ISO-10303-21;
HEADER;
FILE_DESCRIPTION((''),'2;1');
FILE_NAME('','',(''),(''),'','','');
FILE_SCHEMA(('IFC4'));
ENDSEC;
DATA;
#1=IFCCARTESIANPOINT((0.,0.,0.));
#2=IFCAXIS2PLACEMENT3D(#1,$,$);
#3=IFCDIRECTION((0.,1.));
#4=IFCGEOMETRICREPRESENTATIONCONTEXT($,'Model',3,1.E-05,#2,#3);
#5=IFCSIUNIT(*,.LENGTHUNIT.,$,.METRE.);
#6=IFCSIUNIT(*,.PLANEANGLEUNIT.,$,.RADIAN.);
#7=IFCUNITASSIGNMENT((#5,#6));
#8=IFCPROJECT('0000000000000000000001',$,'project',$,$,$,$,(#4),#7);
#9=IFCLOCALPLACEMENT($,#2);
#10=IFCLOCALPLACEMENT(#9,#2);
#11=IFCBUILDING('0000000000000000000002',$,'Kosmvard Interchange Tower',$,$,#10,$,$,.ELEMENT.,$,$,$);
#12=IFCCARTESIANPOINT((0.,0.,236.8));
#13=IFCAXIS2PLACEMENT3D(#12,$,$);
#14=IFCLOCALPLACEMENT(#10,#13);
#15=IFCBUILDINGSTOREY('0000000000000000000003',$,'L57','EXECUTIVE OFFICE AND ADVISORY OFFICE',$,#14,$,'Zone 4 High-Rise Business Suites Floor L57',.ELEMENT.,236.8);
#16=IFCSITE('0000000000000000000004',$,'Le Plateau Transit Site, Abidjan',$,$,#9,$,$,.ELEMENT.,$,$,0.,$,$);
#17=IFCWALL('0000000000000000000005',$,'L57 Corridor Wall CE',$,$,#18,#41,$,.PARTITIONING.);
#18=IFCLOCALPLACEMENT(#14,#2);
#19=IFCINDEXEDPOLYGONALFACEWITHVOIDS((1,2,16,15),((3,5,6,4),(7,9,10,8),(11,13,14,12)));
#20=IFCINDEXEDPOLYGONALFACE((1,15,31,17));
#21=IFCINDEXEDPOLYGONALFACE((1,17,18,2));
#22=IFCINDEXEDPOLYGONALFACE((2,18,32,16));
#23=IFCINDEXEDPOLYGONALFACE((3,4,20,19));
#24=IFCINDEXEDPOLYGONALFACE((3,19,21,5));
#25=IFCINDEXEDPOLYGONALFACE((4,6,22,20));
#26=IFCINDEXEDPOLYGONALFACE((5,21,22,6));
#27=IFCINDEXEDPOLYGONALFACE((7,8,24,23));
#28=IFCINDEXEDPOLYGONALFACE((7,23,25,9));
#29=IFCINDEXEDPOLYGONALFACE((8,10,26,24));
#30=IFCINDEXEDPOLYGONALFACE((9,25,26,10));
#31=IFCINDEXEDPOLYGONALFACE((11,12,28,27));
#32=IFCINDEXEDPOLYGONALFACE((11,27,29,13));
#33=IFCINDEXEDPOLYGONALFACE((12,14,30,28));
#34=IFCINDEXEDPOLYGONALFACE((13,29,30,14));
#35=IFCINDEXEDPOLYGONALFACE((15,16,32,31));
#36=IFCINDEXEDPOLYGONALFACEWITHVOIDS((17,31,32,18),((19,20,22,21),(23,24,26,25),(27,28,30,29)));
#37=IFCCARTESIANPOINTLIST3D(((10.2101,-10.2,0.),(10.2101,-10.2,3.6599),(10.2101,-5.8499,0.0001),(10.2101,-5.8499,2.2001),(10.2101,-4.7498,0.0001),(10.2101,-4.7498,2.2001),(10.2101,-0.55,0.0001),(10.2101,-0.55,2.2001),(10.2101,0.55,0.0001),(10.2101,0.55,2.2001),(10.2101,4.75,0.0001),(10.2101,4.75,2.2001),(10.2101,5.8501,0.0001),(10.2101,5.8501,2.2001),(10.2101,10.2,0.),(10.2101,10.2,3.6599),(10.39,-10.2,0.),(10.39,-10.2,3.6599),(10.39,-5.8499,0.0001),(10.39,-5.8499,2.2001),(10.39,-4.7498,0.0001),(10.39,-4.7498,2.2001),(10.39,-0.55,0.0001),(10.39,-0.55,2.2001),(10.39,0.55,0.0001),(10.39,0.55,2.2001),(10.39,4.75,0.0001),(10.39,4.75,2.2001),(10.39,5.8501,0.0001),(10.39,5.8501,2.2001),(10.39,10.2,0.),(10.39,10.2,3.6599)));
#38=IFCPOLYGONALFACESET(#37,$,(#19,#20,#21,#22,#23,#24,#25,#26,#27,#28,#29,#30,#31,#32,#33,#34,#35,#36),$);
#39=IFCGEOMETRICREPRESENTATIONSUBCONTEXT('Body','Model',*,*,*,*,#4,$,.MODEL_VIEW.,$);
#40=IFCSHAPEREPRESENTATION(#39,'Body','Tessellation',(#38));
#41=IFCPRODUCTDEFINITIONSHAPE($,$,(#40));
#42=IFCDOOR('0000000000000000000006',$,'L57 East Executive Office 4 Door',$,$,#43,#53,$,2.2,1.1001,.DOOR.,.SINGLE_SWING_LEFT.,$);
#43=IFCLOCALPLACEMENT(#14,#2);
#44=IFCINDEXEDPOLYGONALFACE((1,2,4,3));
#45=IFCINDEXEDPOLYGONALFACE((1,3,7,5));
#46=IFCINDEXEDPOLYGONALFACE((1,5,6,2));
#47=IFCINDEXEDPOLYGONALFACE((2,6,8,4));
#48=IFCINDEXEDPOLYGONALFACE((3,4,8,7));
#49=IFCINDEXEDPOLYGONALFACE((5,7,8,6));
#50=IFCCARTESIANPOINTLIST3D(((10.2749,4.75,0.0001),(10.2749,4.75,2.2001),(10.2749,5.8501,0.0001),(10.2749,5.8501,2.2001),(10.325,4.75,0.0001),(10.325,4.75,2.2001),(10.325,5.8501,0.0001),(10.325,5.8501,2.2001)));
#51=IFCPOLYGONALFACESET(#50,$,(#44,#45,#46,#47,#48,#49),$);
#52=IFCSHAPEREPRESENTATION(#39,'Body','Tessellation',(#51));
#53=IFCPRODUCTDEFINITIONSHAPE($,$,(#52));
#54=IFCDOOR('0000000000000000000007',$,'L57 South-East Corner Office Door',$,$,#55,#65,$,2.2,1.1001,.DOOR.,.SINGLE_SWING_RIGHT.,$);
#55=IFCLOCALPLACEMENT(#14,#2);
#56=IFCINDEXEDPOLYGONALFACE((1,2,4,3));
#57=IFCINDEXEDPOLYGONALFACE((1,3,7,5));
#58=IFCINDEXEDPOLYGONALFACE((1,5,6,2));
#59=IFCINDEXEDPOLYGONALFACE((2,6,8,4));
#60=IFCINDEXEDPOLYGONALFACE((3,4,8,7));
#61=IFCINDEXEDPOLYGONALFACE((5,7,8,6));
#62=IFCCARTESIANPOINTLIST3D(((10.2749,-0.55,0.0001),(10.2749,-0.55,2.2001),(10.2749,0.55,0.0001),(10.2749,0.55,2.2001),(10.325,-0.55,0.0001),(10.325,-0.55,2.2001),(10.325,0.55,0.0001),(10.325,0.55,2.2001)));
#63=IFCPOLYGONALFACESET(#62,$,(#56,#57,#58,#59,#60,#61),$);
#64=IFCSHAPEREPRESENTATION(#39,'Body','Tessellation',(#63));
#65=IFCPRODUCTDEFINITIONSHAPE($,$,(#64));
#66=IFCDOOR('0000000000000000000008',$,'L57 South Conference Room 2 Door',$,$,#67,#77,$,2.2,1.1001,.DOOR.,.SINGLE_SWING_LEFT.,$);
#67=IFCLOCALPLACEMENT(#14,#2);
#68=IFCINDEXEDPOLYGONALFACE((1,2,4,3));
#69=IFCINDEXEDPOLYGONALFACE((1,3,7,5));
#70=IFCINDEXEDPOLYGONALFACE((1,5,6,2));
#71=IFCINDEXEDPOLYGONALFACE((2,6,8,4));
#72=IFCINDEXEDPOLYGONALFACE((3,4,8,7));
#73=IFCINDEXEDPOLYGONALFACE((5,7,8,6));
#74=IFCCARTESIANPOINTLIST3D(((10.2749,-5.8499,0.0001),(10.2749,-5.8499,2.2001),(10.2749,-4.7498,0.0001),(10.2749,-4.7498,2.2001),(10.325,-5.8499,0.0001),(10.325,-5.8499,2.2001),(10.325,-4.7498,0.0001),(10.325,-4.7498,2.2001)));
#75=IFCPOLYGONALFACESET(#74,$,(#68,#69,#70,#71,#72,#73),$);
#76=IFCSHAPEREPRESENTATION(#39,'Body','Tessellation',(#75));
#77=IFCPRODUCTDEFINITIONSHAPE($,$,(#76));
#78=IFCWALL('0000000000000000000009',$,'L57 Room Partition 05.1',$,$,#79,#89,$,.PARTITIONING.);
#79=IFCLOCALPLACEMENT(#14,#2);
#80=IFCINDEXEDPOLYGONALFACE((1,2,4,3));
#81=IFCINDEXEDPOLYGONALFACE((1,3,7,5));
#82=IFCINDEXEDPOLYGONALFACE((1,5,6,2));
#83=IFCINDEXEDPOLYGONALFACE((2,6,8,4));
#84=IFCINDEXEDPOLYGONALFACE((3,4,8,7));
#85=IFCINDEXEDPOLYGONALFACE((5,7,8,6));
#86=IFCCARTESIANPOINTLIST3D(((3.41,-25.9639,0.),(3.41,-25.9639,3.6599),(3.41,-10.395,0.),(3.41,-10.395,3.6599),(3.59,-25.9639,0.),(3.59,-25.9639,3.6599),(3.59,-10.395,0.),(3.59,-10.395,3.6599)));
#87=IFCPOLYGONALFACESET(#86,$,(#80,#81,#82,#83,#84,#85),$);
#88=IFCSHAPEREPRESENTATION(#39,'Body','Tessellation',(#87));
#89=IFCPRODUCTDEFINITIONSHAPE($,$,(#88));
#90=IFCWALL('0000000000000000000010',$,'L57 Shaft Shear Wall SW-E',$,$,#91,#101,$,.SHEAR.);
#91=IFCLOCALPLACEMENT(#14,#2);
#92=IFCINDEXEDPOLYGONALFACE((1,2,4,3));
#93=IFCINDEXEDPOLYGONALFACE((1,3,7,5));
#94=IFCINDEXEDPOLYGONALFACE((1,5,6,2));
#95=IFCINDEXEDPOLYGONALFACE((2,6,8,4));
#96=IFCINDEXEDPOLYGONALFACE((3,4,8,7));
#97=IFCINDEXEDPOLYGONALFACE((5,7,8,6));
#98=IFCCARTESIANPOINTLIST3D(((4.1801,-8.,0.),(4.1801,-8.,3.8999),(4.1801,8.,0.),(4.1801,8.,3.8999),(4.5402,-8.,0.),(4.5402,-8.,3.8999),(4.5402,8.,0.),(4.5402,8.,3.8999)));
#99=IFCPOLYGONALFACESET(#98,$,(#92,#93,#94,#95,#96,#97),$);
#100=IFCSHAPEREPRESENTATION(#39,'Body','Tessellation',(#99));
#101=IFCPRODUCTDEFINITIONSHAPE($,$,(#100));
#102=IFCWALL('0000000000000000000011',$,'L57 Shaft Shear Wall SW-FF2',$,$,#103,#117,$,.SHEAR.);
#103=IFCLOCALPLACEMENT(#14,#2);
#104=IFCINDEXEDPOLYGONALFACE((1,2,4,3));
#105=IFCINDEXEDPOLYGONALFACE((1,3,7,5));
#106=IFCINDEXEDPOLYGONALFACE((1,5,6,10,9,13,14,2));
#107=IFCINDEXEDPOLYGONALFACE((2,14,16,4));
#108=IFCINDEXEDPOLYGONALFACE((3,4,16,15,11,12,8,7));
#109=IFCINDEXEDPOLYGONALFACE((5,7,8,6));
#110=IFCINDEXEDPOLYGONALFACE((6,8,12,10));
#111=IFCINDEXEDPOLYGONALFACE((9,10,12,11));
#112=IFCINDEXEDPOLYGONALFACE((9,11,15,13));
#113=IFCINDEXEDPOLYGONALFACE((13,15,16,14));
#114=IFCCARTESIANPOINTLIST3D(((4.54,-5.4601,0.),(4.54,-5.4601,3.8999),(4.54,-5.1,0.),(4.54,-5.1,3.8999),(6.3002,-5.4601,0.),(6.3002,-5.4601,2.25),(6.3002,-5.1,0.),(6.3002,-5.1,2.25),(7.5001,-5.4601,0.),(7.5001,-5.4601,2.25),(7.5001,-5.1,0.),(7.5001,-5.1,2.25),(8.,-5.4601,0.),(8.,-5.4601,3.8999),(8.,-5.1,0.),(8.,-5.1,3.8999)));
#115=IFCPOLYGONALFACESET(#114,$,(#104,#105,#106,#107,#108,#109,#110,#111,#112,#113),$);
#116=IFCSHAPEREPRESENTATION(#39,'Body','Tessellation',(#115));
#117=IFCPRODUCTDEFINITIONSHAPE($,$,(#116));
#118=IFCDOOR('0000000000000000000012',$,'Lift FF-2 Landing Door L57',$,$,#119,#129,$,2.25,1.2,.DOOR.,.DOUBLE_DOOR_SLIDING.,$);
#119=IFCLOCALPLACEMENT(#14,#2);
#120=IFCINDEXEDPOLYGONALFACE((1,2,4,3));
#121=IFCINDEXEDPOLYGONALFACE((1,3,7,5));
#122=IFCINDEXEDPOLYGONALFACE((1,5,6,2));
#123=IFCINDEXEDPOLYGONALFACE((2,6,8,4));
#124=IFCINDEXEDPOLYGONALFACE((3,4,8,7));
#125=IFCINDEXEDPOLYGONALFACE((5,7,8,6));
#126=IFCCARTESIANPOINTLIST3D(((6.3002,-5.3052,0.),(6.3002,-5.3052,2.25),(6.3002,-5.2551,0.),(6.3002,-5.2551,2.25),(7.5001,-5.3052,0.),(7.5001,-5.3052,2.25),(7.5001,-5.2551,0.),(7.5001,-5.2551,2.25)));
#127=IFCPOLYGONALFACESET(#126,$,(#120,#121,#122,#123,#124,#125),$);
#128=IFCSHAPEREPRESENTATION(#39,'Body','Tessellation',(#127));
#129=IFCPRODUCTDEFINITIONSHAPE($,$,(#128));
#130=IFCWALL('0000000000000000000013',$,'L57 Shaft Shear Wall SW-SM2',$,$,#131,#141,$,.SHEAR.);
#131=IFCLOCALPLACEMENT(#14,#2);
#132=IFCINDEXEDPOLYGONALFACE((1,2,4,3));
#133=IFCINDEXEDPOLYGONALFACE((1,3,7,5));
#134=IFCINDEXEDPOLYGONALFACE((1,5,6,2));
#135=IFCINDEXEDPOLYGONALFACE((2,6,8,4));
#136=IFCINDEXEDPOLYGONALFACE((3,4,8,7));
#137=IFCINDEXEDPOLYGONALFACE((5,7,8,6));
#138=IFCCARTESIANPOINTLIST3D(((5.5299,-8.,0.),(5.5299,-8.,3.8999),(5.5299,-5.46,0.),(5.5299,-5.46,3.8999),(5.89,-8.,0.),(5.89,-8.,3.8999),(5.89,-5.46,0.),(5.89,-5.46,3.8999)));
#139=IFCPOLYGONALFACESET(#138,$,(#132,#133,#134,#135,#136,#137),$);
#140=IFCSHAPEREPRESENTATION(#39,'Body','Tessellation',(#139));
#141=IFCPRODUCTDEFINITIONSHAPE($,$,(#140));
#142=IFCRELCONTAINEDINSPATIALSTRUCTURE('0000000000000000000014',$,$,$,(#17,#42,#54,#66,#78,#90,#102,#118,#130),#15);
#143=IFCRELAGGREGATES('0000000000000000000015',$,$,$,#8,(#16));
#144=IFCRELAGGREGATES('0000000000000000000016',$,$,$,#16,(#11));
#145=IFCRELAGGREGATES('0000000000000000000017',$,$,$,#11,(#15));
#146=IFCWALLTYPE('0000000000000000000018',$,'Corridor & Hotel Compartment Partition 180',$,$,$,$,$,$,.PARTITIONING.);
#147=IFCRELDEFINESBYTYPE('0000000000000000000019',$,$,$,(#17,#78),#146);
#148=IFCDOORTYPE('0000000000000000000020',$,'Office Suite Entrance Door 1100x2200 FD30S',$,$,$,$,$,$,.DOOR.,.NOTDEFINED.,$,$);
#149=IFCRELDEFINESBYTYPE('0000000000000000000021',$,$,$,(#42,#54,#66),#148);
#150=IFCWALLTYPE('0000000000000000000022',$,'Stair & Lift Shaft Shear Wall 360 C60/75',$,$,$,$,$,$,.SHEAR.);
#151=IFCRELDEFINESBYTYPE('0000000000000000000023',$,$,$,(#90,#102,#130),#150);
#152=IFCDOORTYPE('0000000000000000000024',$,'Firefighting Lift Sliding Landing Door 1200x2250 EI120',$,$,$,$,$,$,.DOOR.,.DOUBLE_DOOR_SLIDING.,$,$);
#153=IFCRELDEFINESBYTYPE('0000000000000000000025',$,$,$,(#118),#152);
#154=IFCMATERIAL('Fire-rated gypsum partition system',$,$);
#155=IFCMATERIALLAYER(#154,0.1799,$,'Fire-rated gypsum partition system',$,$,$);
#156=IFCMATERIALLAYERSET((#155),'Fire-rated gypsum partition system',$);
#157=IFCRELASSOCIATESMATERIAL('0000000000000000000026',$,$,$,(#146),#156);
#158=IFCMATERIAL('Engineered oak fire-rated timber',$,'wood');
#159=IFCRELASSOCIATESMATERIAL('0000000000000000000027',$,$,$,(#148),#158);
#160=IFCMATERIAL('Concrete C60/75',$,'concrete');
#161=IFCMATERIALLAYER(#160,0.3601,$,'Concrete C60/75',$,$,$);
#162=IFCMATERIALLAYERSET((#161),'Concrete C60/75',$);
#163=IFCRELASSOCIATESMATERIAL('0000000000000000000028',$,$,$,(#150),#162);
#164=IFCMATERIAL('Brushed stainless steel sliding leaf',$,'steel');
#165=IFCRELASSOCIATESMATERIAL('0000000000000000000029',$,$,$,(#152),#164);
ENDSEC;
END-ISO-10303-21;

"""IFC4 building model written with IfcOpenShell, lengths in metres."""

from ifc_helpers import new_model, si_unit, direction, frame, frame_2d, origin, place, context, subcontext, project, spatial, rectangle, extrude, source, transform, mapped, material, layer, layer_set, type_object, element, fill, save


model = new_model("IFC4")

# Units and contexts
model_context = context("Model", 3, precision=1e-05, world=origin(), true_north=direction((0.0, 1.0)))
body_context = subcontext(model_context, "Body", "Model", "MODEL_VIEW")
ifc_project = project(units=[si_unit("LENGTHUNIT", "METRE"), si_unit("PLANEANGLEUNIT", "RADIAN")], contexts=[model_context])

# Site, building, storey
site_placement = place(None, origin())
site = spatial("IfcSite", under=ifc_project, at=site_placement, Name="Le Plateau Transit Site, Abidjan", CompositionType="ELEMENT", RefElevation=0.0)
building_placement = place(site_placement, origin())
building = spatial("IfcBuilding", under=site, at=building_placement, Name="Kosmvard Interchange Tower", CompositionType="ELEMENT")
storey_placement = place(building_placement, frame((0.0, 0.0, 236.8)))
storey = spatial("IfcBuildingStorey", under=building, at=storey_placement, Name="L57", Description="EXECUTIVE OFFICE AND ADVISORY OFFICE", LongName="Zone 4 High-Rise Business Suites Floor L57", CompositionType="ELEMENT", Elevation=236.8)

# Shared definitions
ifc_material_1 = material(Name="Concrete C60/75", Category="concrete")

# Wall, openings, doors
ifc_material_2 = material(Name="Fire-rated gypsum partition system")
ifc_layer_1 = layer(ifc_material_2, 0.1799, Name="Fire-rated gypsum partition system")
ifc_layer_set_1 = layer_set([ifc_layer_1], Name="Fire-rated gypsum partition system")
wall_type_1 = type_object("IfcWallType", Name="Corridor & Hotel Compartment Partition 180", PredefinedType="PARTITIONING", material=ifc_layer_set_1)
ifc_material_3 = material(Name="Brushed stainless steel sliding leaf", Category="steel")
shared_shape_1 = source(origin(), body_context, "Body", "SweptSolid", [
    extrude(rectangle(XDim=1.1001, YDim=2.2, at=frame_2d((0.55, 1.1001))), frame((0.0, 0.0249, 0.0), z_axis=(0.0, -1.0, 0.0), x_axis=(1.0, 0.0, 0.0)), (0.0, 0.0, 1.0), 0.05),
])
wall_1_placement = place(storey_placement, frame((10.3, -10.2, 0.0), z_axis=(0.0, 0.0, 1.0), x_axis=(0.0, 1.0, 0.0)))
wall_1 = element("IfcWall", 1, at=wall_1_placement, inside=storey, type_object=wall_type_1, Name="L57 Corridor Wall CE", PredefinedType="PARTITIONING", context=body_context, shape_type="SweptSolid", body=[
    extrude(rectangle(XDim=20.3999, YDim=0.1799, at=frame_2d((10.2, 0.0))), origin(), (0.0, 0.0, 1.0), 3.6599),
])
opening_1_placement = place(wall_1_placement, frame((14.95, 0.0, 0.0)))
opening_1 = element("IfcOpeningElement", 2, at=opening_1_placement, cuts=wall_1, PredefinedType="OPENING", context=body_context, shape_type="SweptSolid", body=[
    extrude(rectangle(XDim=1.1001, YDim=2.2, at=frame_2d((0.55, 1.1001))), frame((0.0, 0.1001, 0.0), z_axis=(0.0, -1.0, 0.0), x_axis=(1.0, 0.0, 0.0)), (0.0, 0.0, 1.0), 0.2),
])
opening_2_placement = place(wall_1_placement, frame((9.6499, 0.0, 0.0)))
opening_2 = element("IfcOpeningElement", 3, at=opening_2_placement, cuts=wall_1, PredefinedType="OPENING", context=body_context, shape_type="SweptSolid", body=[
    extrude(rectangle(XDim=1.1001, YDim=2.2, at=frame_2d((0.55, 1.1001))), frame((0.0, 0.1001, 0.0), z_axis=(0.0, -1.0, 0.0), x_axis=(1.0, 0.0, 0.0)), (0.0, 0.0, 1.0), 0.2),
])
opening_3_placement = place(wall_1_placement, frame((4.3501, 0.0, 0.0)))
opening_3 = element("IfcOpeningElement", 4, at=opening_3_placement, cuts=wall_1, PredefinedType="OPENING", context=body_context, shape_type="SweptSolid", body=[
    extrude(rectangle(XDim=1.1001, YDim=2.2, at=frame_2d((0.55, 1.1001))), frame((0.0, 0.1001, 0.0), z_axis=(0.0, -1.0, 0.0), x_axis=(1.0, 0.0, 0.0)), (0.0, 0.0, 1.0), 0.2),
])
ifc_material_4 = material(Name="Engineered oak fire-rated timber", Category="wood")
door_type_1 = type_object("IfcDoorType", Name="Office Suite Entrance Door 1100x2200 FD30S", OperationType="NOTDEFINED", PredefinedType="DOOR", material=ifc_material_4)
door_1_placement = place(opening_1_placement, frame((1.1001, 0.0, 0.0), z_axis=(0.0, 0.0, 1.0), x_axis=(-1.0, 0.0, 0.0)))
door_1 = element("IfcDoor", 5, at=door_1_placement, inside=storey, type_object=door_type_1, Name="L57 East Executive Office 4 Door", OperationType="SINGLE_SWING_LEFT", OverallHeight=2.2, OverallWidth=1.1001, PredefinedType="DOOR", context=body_context, shape_type="MappedRepresentation", body=[
    mapped(shared_shape_1, transform((0.0, 0.0, 0.0), scale=1.0)),
])
fill(opening_1, door_1)
door_2_placement = place(opening_2_placement, frame((1.1001, 0.0, 0.0), z_axis=(0.0, 0.0, 1.0), x_axis=(-1.0, 0.0, 0.0)))
door_2 = element("IfcDoor", 6, at=door_2_placement, inside=storey, type_object=door_type_1, Name="L57 South-East Corner Office Door", OperationType="SINGLE_SWING_RIGHT", OverallHeight=2.2, OverallWidth=1.1001, PredefinedType="DOOR", context=body_context, shape_type="MappedRepresentation", body=[
    mapped(shared_shape_1, transform((0.0, 0.0, 0.0), scale=1.0)),
])
fill(opening_2, door_2)
door_3_placement = place(opening_3_placement, frame((1.1001, 0.0, 0.0), z_axis=(0.0, 0.0, 1.0), x_axis=(-1.0, 0.0, 0.0)))
door_3 = element("IfcDoor", 7, at=door_3_placement, inside=storey, type_object=door_type_1, Name="L57 South Conference Room 2 Door", OperationType="SINGLE_SWING_LEFT", OverallHeight=2.2, OverallWidth=1.1001, PredefinedType="DOOR", context=body_context, shape_type="MappedRepresentation", body=[
    mapped(shared_shape_1, transform((0.0, 0.0, 0.0), scale=1.0)),
])
fill(opening_3, door_3)

# Walls
wall_2_placement = place(storey_placement, frame((3.5, -10.395, 0.0), z_axis=(0.0, 0.0, 1.0), x_axis=(0.0, -1.0, 0.0)))
element("IfcWall", 8, at=wall_2_placement, inside=storey, type_object=wall_type_1, Name="L57 Room Partition 05.1", PredefinedType="PARTITIONING", context=body_context, shape_type="SweptSolid", body=[
    extrude(rectangle(XDim=15.5688, YDim=0.1799, at=frame_2d((7.7844, 0.0))), origin(), (0.0, 0.0, 1.0), 3.6599),
])
ifc_layer_2 = layer(ifc_material_1, 0.3601, Name="Concrete C60/75")
ifc_layer_set_2 = layer_set([ifc_layer_2], Name="Concrete C60/75")
wall_type_2 = type_object("IfcWallType", Name="Stair & Lift Shaft Shear Wall 360 C60/75", PredefinedType="SHEAR", material=ifc_layer_set_2)
wall_3_placement = place(storey_placement, frame((4.3601, -8.0, 0.0), z_axis=(0.0, 0.0, 1.0), x_axis=(0.0, 1.0, 0.0)))
element("IfcWall", 9, at=wall_3_placement, inside=storey, type_object=wall_type_2, Name="L57 Shaft Shear Wall SW-E", PredefinedType="SHEAR", context=body_context, shape_type="SweptSolid", body=[
    extrude(rectangle(XDim=16.0, YDim=0.3601, at=frame_2d((8.0, 0.0))), origin(), (0.0, 0.0, 1.0), 3.8999),
])

# Wall, opening, door
wall_4_placement = place(storey_placement, frame((4.54, -5.28, 0.0), z_axis=(0.0, 0.0, 1.0), x_axis=(1.0, 0.0, 0.0)))
wall_4 = element("IfcWall", 10, at=wall_4_placement, inside=storey, type_object=wall_type_2, Name="L57 Shaft Shear Wall SW-FF2", PredefinedType="SHEAR", context=body_context, shape_type="SweptSolid", body=[
    extrude(rectangle(XDim=3.46, YDim=0.3601, at=frame_2d((1.73, 0.0))), origin(), (0.0, 0.0, 1.0), 3.8999),
])
opening_4_placement = place(wall_4_placement, frame((1.76, 0.0, 0.0)))
opening_4 = element("IfcOpeningElement", 11, at=opening_4_placement, cuts=wall_4, PredefinedType="OPENING", context=body_context, shape_type="SweptSolid", body=[
    extrude(rectangle(XDim=1.2, YDim=2.25, at=frame_2d((0.6001, 1.125))), frame((0.0, 0.1899, 0.0), z_axis=(0.0, -1.0, 0.0), x_axis=(1.0, 0.0, 0.0)), (0.0, 0.0, 1.0), 0.3801),
])
door_type_2 = type_object("IfcDoorType", Name="Firefighting Lift Sliding Landing Door 1200x2250 EI120", OperationType="DOUBLE_DOOR_SLIDING", PredefinedType="DOOR", material=ifc_material_3)
shared_shape_2 = source(origin(), body_context, "Body", "SweptSolid", [
    extrude(rectangle(XDim=1.2, YDim=2.25, at=frame_2d((0.6001, 1.125))), frame((0.0, 0.0249, 0.0), z_axis=(0.0, -1.0, 0.0), x_axis=(1.0, 0.0, 0.0)), (0.0, 0.0, 1.0), 0.05),
])
door_4_placement = place(opening_4_placement, origin())
door_4 = element("IfcDoor", 12, at=door_4_placement, inside=storey, type_object=door_type_2, Name="Lift FF-2 Landing Door L57", OperationType="DOUBLE_DOOR_SLIDING", OverallHeight=2.25, OverallWidth=1.2, PredefinedType="DOOR", context=body_context, shape_type="MappedRepresentation", body=[
    mapped(shared_shape_2, transform((0.0, 0.0, 0.0), scale=1.0)),
])
fill(opening_4, door_4)

# Wall
wall_5_placement = place(storey_placement, frame((5.71, -8.0, 0.0), z_axis=(0.0, 0.0, 1.0), x_axis=(0.0, 1.0, 0.0)))
element("IfcWall", 13, at=wall_5_placement, inside=storey, type_object=wall_type_2, Name="L57 Shaft Shear Wall SW-SM2", PredefinedType="SHEAR", context=body_context, shape_type="SweptSolid", body=[
    extrude(rectangle(XDim=2.54, YDim=0.3601, at=frame_2d((1.27, 0.0))), origin(), (0.0, 0.0, 1.0), 3.8999),
])

save(model, "model.ifc")
